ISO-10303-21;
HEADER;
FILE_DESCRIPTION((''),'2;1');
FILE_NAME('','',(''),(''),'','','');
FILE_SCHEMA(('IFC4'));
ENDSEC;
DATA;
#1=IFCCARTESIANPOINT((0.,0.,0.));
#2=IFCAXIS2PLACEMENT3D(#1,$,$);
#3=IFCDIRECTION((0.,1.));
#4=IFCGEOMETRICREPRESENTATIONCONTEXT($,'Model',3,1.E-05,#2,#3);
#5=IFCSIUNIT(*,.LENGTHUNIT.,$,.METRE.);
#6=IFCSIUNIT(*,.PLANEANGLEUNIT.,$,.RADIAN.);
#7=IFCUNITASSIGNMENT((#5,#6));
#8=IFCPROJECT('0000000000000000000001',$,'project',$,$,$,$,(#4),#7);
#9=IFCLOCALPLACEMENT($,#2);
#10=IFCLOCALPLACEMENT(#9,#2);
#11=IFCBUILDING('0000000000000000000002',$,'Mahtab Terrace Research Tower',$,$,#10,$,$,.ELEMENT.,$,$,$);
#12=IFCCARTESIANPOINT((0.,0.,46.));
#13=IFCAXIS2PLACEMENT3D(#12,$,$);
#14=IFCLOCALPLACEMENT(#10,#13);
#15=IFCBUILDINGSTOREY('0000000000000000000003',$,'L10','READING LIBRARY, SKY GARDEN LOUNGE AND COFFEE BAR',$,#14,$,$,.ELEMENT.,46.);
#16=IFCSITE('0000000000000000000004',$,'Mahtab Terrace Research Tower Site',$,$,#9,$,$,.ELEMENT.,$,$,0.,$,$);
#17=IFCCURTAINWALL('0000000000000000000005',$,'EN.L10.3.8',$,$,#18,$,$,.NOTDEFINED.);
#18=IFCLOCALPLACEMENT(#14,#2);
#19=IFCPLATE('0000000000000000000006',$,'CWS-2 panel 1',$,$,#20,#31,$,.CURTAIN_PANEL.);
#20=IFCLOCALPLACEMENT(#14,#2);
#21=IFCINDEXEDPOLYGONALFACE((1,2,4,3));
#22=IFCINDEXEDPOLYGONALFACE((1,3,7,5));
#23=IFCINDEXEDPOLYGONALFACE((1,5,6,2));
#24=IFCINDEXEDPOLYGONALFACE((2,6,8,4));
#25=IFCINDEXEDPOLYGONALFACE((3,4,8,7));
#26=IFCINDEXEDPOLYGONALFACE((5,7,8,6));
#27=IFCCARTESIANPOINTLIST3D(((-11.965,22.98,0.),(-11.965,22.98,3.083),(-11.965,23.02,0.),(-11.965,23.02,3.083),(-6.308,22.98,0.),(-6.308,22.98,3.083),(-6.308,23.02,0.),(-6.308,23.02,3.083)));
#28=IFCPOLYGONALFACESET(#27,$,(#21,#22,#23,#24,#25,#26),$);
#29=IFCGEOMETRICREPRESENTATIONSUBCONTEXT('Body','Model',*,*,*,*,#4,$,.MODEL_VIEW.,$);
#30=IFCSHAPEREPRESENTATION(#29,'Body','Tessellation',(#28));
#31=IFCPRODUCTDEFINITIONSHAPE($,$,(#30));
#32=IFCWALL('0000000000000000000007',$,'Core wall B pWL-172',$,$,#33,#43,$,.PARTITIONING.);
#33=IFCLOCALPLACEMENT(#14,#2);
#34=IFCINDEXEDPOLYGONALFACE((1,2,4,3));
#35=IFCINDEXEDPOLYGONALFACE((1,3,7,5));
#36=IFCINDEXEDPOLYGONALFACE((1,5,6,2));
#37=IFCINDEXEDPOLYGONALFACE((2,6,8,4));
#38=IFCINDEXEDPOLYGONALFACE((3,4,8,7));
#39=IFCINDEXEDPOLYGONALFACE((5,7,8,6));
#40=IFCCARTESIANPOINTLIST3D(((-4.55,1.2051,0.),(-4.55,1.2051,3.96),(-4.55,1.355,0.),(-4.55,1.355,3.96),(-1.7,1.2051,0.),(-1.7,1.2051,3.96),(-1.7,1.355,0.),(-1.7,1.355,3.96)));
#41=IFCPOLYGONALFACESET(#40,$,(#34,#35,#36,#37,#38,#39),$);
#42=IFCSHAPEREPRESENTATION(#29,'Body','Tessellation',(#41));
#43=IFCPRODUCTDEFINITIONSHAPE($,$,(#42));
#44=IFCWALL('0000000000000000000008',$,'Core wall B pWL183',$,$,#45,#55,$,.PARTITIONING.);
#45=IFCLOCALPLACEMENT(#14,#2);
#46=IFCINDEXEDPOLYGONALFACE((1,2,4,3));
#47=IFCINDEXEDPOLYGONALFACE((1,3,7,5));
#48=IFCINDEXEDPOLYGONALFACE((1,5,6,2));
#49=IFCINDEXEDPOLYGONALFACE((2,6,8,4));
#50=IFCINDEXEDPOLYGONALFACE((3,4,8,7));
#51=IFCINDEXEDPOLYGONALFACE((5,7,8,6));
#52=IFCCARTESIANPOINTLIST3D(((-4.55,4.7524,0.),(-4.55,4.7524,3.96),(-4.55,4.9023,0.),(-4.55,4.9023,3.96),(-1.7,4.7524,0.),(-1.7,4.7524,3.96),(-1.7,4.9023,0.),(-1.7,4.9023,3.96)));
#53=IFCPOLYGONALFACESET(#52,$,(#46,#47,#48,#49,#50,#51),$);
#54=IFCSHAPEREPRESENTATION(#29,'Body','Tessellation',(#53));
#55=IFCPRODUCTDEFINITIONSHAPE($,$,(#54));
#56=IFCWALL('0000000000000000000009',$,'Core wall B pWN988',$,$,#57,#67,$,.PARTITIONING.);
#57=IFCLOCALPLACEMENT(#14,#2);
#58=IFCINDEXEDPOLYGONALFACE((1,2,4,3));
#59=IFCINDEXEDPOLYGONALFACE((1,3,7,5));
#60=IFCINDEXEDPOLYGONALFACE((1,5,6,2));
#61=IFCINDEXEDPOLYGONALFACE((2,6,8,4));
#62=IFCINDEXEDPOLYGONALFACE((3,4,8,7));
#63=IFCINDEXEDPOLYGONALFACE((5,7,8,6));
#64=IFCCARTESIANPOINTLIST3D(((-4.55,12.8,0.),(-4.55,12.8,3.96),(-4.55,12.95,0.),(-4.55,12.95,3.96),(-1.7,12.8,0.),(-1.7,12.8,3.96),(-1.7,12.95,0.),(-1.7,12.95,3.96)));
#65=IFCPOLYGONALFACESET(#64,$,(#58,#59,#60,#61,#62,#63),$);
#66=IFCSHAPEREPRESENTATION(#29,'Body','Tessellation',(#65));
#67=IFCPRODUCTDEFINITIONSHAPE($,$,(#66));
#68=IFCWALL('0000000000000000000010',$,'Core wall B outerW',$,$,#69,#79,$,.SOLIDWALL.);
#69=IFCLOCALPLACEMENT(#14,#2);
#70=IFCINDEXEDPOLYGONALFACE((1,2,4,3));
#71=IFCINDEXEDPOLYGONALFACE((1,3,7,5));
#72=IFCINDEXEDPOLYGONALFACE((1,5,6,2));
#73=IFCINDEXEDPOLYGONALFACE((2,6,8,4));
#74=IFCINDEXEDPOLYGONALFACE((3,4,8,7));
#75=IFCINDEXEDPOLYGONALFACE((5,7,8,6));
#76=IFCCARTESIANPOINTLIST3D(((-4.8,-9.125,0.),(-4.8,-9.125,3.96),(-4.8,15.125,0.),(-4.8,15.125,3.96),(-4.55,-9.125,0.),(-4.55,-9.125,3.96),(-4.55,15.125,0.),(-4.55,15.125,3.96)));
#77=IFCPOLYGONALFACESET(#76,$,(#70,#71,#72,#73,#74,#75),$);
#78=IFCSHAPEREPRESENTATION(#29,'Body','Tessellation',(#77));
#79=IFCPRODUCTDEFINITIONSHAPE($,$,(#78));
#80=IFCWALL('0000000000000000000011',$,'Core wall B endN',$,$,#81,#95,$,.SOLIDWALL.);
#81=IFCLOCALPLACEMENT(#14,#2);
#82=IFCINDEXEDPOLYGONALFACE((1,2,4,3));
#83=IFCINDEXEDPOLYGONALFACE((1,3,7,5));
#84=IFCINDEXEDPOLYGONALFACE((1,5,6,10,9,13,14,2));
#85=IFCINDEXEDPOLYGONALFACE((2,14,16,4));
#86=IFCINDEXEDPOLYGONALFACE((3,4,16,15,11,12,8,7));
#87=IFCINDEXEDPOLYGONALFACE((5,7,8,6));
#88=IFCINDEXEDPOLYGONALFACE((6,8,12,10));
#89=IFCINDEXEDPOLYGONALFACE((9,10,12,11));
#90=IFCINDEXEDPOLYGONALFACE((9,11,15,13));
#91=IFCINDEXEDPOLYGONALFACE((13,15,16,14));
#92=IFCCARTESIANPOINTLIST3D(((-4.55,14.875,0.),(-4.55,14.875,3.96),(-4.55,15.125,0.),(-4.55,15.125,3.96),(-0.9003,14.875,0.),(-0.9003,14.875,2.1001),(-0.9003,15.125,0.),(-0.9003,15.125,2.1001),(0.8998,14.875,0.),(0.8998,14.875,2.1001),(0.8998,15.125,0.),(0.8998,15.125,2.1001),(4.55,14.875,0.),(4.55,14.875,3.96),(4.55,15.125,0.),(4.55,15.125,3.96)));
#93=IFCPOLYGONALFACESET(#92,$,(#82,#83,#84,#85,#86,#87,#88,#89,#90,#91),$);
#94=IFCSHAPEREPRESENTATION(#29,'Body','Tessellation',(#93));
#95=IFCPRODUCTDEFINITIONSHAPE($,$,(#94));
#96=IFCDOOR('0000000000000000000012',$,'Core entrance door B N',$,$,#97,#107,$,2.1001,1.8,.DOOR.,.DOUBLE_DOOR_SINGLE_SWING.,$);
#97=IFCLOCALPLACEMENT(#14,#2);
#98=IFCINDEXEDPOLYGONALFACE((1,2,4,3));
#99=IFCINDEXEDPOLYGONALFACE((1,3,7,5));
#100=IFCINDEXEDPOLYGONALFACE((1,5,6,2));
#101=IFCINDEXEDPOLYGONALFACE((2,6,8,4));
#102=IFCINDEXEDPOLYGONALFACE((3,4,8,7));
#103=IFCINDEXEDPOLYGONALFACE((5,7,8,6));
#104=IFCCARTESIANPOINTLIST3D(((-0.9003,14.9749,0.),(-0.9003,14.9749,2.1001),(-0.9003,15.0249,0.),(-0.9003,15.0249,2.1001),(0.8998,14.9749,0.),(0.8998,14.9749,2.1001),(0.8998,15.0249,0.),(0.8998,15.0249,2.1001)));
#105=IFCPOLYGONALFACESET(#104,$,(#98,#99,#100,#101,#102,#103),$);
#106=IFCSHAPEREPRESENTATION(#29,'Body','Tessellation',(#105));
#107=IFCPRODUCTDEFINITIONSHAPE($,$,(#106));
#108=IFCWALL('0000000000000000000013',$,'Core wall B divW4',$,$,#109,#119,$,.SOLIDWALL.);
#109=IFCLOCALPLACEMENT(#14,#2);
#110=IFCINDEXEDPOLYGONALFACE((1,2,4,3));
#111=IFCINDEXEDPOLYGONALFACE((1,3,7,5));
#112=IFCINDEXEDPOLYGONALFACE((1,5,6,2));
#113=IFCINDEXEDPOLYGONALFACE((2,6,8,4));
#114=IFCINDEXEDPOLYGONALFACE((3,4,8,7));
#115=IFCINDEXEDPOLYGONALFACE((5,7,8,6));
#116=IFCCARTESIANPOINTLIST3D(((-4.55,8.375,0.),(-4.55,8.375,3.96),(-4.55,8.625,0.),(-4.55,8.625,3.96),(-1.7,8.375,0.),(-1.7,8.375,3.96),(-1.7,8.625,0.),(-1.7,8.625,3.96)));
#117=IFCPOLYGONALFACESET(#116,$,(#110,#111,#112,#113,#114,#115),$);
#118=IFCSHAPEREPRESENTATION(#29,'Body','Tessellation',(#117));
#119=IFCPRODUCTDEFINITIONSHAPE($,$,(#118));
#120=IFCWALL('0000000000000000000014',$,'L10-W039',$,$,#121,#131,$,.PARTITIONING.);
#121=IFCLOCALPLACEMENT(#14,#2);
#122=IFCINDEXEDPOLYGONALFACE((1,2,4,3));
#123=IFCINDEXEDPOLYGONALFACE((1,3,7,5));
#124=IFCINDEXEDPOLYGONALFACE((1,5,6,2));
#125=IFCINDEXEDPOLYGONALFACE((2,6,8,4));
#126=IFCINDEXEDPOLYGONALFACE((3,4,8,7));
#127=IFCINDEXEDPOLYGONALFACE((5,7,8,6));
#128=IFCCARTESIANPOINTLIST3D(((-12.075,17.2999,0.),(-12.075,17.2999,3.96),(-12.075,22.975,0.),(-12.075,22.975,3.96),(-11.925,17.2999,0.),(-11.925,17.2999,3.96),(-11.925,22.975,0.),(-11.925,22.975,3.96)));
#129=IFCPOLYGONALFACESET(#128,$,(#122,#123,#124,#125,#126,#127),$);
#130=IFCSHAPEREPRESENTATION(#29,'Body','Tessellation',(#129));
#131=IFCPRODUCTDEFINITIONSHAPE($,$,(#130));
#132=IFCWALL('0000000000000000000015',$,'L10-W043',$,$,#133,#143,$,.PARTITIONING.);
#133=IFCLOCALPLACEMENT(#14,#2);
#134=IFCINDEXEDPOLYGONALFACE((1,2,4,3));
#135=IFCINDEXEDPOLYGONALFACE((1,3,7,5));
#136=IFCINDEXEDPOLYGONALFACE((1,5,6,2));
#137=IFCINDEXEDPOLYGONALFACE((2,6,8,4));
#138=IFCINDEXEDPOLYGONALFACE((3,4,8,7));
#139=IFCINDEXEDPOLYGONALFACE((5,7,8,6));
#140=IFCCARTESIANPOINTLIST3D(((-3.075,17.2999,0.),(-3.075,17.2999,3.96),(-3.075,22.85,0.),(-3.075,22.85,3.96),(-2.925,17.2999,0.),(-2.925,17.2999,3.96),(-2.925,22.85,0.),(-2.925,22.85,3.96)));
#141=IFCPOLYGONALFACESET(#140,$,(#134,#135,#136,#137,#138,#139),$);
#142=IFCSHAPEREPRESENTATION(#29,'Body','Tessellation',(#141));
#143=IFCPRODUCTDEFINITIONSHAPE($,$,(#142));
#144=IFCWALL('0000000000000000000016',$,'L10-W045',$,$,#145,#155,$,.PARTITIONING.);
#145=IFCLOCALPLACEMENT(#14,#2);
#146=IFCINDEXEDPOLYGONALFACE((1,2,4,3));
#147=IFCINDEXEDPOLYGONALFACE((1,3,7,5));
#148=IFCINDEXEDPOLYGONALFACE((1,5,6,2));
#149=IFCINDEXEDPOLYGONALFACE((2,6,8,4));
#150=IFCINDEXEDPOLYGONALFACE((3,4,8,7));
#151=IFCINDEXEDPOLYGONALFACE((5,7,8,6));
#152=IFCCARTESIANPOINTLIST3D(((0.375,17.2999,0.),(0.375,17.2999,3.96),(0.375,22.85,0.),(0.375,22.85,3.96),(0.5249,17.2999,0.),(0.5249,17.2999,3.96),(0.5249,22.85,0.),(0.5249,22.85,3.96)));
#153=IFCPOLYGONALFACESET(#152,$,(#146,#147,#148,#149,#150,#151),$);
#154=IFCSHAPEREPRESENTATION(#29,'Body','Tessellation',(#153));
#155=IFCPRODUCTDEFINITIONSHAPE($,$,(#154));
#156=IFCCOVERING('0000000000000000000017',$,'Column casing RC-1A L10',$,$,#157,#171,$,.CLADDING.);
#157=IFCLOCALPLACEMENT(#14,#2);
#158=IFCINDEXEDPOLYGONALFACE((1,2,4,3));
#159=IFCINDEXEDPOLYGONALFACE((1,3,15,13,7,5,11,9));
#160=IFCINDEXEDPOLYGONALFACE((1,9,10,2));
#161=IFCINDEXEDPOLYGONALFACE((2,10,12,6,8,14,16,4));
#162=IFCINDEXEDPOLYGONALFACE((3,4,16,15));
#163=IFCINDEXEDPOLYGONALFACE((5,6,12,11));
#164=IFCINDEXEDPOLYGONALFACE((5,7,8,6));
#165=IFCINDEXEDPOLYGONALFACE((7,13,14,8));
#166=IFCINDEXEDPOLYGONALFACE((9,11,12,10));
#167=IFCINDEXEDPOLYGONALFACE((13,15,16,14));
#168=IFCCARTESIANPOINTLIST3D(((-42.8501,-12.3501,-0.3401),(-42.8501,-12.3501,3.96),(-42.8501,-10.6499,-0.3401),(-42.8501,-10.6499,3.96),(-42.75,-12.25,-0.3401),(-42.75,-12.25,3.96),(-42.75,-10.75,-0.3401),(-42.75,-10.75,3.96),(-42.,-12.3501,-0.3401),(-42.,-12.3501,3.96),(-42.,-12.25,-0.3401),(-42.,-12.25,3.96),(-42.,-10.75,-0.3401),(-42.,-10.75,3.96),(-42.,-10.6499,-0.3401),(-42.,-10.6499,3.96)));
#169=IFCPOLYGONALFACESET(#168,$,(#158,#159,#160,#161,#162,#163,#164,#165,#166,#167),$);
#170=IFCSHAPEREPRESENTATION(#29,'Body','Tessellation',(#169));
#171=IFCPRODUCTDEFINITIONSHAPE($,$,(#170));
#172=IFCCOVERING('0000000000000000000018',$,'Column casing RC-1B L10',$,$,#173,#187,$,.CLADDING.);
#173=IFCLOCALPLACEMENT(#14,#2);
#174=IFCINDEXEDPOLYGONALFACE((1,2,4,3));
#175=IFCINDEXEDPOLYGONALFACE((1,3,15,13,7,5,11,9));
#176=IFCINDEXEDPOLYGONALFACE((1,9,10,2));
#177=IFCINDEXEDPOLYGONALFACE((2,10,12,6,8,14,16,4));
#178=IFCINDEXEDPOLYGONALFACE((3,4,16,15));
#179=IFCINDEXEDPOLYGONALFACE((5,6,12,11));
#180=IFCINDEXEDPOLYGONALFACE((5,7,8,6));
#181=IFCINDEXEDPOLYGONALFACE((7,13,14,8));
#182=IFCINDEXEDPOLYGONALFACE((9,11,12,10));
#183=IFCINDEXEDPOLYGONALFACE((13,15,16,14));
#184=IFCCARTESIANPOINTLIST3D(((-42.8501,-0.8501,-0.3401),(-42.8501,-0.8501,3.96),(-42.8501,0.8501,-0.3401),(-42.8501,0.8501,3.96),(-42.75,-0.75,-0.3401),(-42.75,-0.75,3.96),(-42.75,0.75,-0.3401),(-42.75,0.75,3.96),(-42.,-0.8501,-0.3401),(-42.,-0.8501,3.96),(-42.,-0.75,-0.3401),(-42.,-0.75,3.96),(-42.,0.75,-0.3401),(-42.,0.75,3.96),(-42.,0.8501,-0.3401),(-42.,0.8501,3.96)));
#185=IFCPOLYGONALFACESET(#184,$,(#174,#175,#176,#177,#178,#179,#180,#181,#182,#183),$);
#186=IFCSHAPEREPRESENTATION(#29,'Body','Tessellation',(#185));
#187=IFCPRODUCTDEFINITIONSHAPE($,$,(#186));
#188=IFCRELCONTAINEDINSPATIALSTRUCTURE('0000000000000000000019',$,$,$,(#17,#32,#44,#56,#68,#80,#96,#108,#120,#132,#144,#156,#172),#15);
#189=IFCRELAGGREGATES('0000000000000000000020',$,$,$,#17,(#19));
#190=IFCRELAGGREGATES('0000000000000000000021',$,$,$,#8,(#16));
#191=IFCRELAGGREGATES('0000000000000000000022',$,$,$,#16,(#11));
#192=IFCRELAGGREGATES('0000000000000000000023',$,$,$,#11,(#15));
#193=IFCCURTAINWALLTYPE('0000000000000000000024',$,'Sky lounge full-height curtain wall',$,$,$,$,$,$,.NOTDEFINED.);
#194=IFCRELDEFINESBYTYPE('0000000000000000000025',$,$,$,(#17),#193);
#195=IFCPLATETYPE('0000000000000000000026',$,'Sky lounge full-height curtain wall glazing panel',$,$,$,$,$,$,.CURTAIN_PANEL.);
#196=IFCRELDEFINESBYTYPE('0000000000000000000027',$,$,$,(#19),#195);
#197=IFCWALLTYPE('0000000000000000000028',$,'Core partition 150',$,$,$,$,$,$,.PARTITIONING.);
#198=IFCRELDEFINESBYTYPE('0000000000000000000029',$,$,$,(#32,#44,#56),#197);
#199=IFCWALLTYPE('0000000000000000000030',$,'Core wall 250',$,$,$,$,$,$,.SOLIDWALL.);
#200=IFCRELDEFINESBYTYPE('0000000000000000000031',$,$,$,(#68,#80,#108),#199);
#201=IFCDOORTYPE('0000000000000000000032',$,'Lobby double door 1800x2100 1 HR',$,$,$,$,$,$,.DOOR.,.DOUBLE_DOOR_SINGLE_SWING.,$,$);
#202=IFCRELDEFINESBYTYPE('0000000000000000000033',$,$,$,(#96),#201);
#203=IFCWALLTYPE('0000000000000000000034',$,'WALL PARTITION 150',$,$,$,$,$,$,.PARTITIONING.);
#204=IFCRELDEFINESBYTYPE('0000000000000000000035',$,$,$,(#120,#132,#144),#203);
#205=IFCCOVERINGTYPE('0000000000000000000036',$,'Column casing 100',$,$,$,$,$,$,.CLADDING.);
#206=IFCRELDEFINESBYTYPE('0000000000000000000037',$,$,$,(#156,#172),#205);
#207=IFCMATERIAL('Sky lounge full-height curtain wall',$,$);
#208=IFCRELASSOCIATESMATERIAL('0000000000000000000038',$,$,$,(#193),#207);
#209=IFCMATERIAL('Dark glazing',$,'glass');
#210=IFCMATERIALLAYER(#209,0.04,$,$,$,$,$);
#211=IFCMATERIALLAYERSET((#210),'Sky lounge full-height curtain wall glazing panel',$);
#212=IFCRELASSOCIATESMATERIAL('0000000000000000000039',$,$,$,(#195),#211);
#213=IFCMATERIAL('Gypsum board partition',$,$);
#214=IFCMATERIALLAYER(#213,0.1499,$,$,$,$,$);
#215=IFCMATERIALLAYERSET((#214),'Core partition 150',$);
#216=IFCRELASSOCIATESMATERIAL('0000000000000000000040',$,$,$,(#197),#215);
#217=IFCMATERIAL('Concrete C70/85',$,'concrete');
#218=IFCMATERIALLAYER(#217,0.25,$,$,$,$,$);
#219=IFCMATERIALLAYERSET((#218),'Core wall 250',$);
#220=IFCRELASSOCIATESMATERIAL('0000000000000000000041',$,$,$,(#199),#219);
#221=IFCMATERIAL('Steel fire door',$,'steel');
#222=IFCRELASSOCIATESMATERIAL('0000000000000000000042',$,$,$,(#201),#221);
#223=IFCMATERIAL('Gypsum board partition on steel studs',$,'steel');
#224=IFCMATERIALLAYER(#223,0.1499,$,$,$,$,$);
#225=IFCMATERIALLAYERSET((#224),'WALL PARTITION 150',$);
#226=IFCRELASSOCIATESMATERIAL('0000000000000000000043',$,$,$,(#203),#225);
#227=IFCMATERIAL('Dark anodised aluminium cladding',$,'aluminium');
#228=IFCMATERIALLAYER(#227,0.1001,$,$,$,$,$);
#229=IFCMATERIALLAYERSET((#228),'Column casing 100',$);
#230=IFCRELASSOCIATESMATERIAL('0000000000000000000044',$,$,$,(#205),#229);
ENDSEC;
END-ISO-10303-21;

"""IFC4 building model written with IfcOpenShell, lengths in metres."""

from ifc_helpers import new_model, si_unit, direction, frame, frame_2d, origin, origin_2d, place, context, subcontext, project, spatial, polyline, rectangle, outline, extrude, material, layer, layer_set, type_object, element, fill, aggregate, save


model = new_model("IFC4")

# Units and contexts
model_context = context("Model", 3, precision=1e-05, world=origin(), true_north=direction((0.0, 1.0)))
body_context = subcontext(model_context, "Body", "Model", "MODEL_VIEW")
ifc_project = project(units=[si_unit("LENGTHUNIT", "METRE"), si_unit("PLANEANGLEUNIT", "RADIAN")], contexts=[model_context])

# Site, building, storey
site_placement = place(None, origin())
site = spatial("IfcSite", under=ifc_project, at=site_placement, Name="Mahtab Terrace Research Tower Site", CompositionType="ELEMENT", RefElevation=0.0)
building_placement = place(site_placement, origin())
building = spatial("IfcBuilding", under=site, at=building_placement, Name="Mahtab Terrace Research Tower", CompositionType="ELEMENT")
storey_placement = place(building_placement, frame((0.0, 0.0, 46.0)))
storey = spatial("IfcBuildingStorey", under=building, at=storey_placement, Name="L10", Description="READING LIBRARY, SKY GARDEN LOUNGE AND COFFEE BAR", CompositionType="ELEMENT", Elevation=46.0)

# Shared definitions
ifc_material_1 = material(Name="Concrete C70/85", Category="concrete")

# Curtain wall
ifc_material_2 = material(Name="Sky lounge full-height curtain wall")
curtain_wall_type = type_object("IfcCurtainWallType", Name="Sky lounge full-height curtain wall", PredefinedType="NOTDEFINED", material=ifc_material_2)
curtain_wall_placement = place(storey_placement, origin())
curtain_wall = element("IfcCurtainWall", 1, at=curtain_wall_placement, inside=storey, type_object=curtain_wall_type, Name="EN.L10.3.8", PredefinedType="NOTDEFINED")

# Plate
ifc_material_3 = material(Name="Dark glazing", Category="glass")
ifc_layer_1 = layer(ifc_material_3, 0.04)
ifc_layer_set_1 = layer_set([ifc_layer_1], Name="Sky lounge full-height curtain wall glazing panel")
plate_type = type_object("IfcPlateType", Name="Sky lounge full-height curtain wall glazing panel", PredefinedType="CURTAIN_PANEL", material=ifc_layer_set_1)
plate_placement = place(storey_placement, frame((-9.1365, 23.0, 0.0), z_axis=(0.0, 0.0, 1.0), x_axis=(-1.0, 0.0, 0.0)))
plate = element("IfcPlate", 2, at=plate_placement, type_object=plate_type, Name="CWS-2 panel 1", PredefinedType="CURTAIN_PANEL", context=body_context, shape_type="SweptSolid", body=[
    extrude(rectangle(XDim=5.657, YDim=0.04, at=origin_2d()), origin(), (0.0, 0.0, 1.0), 3.083),
])
aggregate(curtain_wall, [plate])

# Walls
ifc_material_4 = material(Name="Gypsum board partition")
ifc_layer_2 = layer(ifc_material_4, 0.1499)
ifc_layer_set_2 = layer_set([ifc_layer_2], Name="Core partition 150")
wall_type_1 = type_object("IfcWallType", Name="Core partition 150", PredefinedType="PARTITIONING", material=ifc_layer_set_2)
for number, where, z_axis, x_axis, name in (
    (3, (-4.55, 1.28, 0.0), (0.0, 0.0, 1.0), (1.0, 0.0, 0.0), "Core wall B pWL-172"),
    (4, (-4.55, 4.8274, 0.0), (0.0, 0.0, 1.0), (1.0, 0.0, 0.0), "Core wall B pWL183"),
    (5, (-4.55, 12.875, 0.0), (0.0, 0.0, 1.0), (1.0, 0.0, 0.0), "Core wall B pWN988"),
):
    element("IfcWall", number, at=place(storey_placement, frame(where, z_axis=z_axis, x_axis=x_axis)), inside=storey, type_object=wall_type_1, Name=name, PredefinedType="PARTITIONING", context=body_context, shape_type="SweptSolid", body=[
        extrude(rectangle(XDim=2.8501, YDim=0.1499, at=frame_2d((1.425, 0.0))), origin(), (0.0, 0.0, 1.0), 3.96),
    ])
ifc_layer_3 = layer(ifc_material_1, 0.25)
ifc_layer_set_3 = layer_set([ifc_layer_3], Name="Core wall 250")
wall_type_2 = type_object("IfcWallType", Name="Core wall 250", PredefinedType="SOLIDWALL", material=ifc_layer_set_3)
wall_1_placement = place(storey_placement, frame((-4.675, 15.125, 0.0), z_axis=(0.0, 0.0, 1.0), x_axis=(0.0, -1.0, 0.0)))
element("IfcWall", 6, at=wall_1_placement, inside=storey, type_object=wall_type_2, Name="Core wall B outerW", PredefinedType="SOLIDWALL", context=body_context, shape_type="SweptSolid", body=[
    extrude(rectangle(XDim=24.25, YDim=0.25, at=frame_2d((12.125, 0.0))), origin(), (0.0, 0.0, 1.0), 3.96),
])

# Wall, opening, door
wall_2_placement = place(storey_placement, frame((-4.55, 15.0, 0.0), z_axis=(0.0, 0.0, 1.0), x_axis=(1.0, 0.0, 0.0)))
wall_2 = element("IfcWall", 7, at=wall_2_placement, inside=storey, type_object=wall_type_2, Name="Core wall B endN", PredefinedType="SOLIDWALL", context=body_context, shape_type="SweptSolid", body=[
    extrude(rectangle(XDim=9.1001, YDim=0.25, at=frame_2d((4.55, 0.0))), origin(), (0.0, 0.0, 1.0), 3.96),
])
opening_placement = place(wall_2_placement, frame((3.6499, 0.0, 0.0)))
opening = element("IfcOpeningElement", 8, at=opening_placement, cuts=wall_2, PredefinedType="OPENING", context=body_context, shape_type="SweptSolid", body=[
    extrude(rectangle(XDim=1.8, YDim=2.1001, at=frame_2d((0.8999, 1.05))), frame((0.0, 0.135, 0.0), z_axis=(0.0, -1.0, 0.0), x_axis=(1.0, 0.0, 0.0)), (0.0, 0.0, 1.0), 0.27),
])
ifc_material_5 = material(Name="Steel fire door", Category="steel")
door_type = type_object("IfcDoorType", Name="Lobby double door 1800x2100 1 HR", OperationType="DOUBLE_DOOR_SINGLE_SWING", PredefinedType="DOOR", material=ifc_material_5)
door_placement = place(opening_placement, origin())
door = element("IfcDoor", 9, at=door_placement, inside=storey, type_object=door_type, Name="Core entrance door B N", OperationType="DOUBLE_DOOR_SINGLE_SWING", OverallHeight=2.1001, OverallWidth=1.8, PredefinedType="DOOR", context=body_context, shape_type="SweptSolid", body=[
    extrude(rectangle(XDim=1.8, YDim=2.1001, at=frame_2d((0.8999, 1.05))), frame((0.0, 0.0249, 0.0), z_axis=(0.0, -1.0, 0.0), x_axis=(1.0, 0.0, 0.0)), (0.0, 0.0, 1.0), 0.05),
])
fill(opening, door)

# Walls
wall_3_placement = place(storey_placement, frame((-4.55, 8.5, 0.0), z_axis=(0.0, 0.0, 1.0), x_axis=(1.0, 0.0, 0.0)))
element("IfcWall", 10, at=wall_3_placement, inside=storey, type_object=wall_type_2, Name="Core wall B divW4", PredefinedType="SOLIDWALL", context=body_context, shape_type="SweptSolid", body=[
    extrude(rectangle(XDim=2.8501, YDim=0.25, at=frame_2d((1.425, 0.0))), origin(), (0.0, 0.0, 1.0), 3.96),
])
ifc_material_6 = material(Name="Gypsum board partition on steel studs", Category="steel")
ifc_layer_4 = layer(ifc_material_6, 0.1499)
ifc_layer_set_4 = layer_set([ifc_layer_4], Name="WALL PARTITION 150")
wall_type_3 = type_object("IfcWallType", Name="WALL PARTITION 150", PredefinedType="PARTITIONING", material=ifc_layer_set_4)
wall_4_placement = place(storey_placement, frame((-12.0, 17.3, 0.0), z_axis=(0.0, 0.0, 1.0), x_axis=(0.0, 1.0, 0.0)))
element("IfcWall", 11, at=wall_4_placement, inside=storey, type_object=wall_type_3, Name="L10-W039", PredefinedType="PARTITIONING", context=body_context, shape_type="SweptSolid", body=[
    extrude(rectangle(XDim=5.675, YDim=0.1499, at=frame_2d((2.8374, 0.0))), origin(), (0.0, 0.0, 1.0), 3.96),
])
for number, where, z_axis, x_axis, name in (
    (12, (-3.0, 17.3, 0.0), (0.0, 0.0, 1.0), (0.0, 1.0, 0.0), "L10-W043"),
    (13, (0.45, 17.3, 0.0), (0.0, 0.0, 1.0), (0.0, 1.0, 0.0), "L10-W045"),
):
    element("IfcWall", number, at=place(storey_placement, frame(where, z_axis=z_axis, x_axis=x_axis)), inside=storey, type_object=wall_type_3, Name=name, PredefinedType="PARTITIONING", context=body_context, shape_type="SweptSolid", body=[
        extrude(rectangle(XDim=5.55, YDim=0.1499, at=frame_2d((2.7749, 0.0))), origin(), (0.0, 0.0, 1.0), 3.96),
    ])

# Coverings
ifc_material_7 = material(Name="Dark anodised aluminium cladding", Category="aluminium")
ifc_layer_5 = layer(ifc_material_7, 0.1001)
ifc_layer_set_5 = layer_set([ifc_layer_5], Name="Column casing 100")
covering_type_1 = type_object("IfcCoveringType", Name="Column casing 100", PredefinedType="CLADDING", material=ifc_layer_set_5)
covering_1_placement = place(storey_placement, frame((0.0, 0.0, -0.3401)))
element("IfcCovering", 14, at=covering_1_placement, inside=storey, type_object=covering_type_1, Name="Column casing RC-1A L10", PredefinedType="CLADDING", context=body_context, shape_type="SweptSolid", body=[
    extrude(outline(polyline([(-42.8501, -10.6499), (-42.0, -10.6499), (-42.0, -10.75), (-42.75, -10.75), (-42.75, -12.25), (-42.0, -12.25), (-42.0, -12.3501), (-42.8501, -12.3501), (-42.8501, -10.6499)])), origin(), (0.0, 0.0, 1.0), 4.3),
])
covering_2_placement = place(storey_placement, frame((0.0, 0.0, -0.3401)))
element("IfcCovering", 15, at=covering_2_placement, inside=storey, type_object=covering_type_1, Name="Column casing RC-1B L10", PredefinedType="CLADDING", context=body_context, shape_type="SweptSolid", body=[
    extrude(outline(polyline([(-42.8501, 0.8501), (-42.0, 0.8501), (-42.0, 0.75), (-42.75, 0.75), (-42.75, -0.75), (-42.0, -0.75), (-42.0, -0.8501), (-42.8501, -0.8501), (-42.8501, 0.8501)])), origin(), (0.0, 0.0, 1.0), 4.3),
])

save(model, "model.ifc")
